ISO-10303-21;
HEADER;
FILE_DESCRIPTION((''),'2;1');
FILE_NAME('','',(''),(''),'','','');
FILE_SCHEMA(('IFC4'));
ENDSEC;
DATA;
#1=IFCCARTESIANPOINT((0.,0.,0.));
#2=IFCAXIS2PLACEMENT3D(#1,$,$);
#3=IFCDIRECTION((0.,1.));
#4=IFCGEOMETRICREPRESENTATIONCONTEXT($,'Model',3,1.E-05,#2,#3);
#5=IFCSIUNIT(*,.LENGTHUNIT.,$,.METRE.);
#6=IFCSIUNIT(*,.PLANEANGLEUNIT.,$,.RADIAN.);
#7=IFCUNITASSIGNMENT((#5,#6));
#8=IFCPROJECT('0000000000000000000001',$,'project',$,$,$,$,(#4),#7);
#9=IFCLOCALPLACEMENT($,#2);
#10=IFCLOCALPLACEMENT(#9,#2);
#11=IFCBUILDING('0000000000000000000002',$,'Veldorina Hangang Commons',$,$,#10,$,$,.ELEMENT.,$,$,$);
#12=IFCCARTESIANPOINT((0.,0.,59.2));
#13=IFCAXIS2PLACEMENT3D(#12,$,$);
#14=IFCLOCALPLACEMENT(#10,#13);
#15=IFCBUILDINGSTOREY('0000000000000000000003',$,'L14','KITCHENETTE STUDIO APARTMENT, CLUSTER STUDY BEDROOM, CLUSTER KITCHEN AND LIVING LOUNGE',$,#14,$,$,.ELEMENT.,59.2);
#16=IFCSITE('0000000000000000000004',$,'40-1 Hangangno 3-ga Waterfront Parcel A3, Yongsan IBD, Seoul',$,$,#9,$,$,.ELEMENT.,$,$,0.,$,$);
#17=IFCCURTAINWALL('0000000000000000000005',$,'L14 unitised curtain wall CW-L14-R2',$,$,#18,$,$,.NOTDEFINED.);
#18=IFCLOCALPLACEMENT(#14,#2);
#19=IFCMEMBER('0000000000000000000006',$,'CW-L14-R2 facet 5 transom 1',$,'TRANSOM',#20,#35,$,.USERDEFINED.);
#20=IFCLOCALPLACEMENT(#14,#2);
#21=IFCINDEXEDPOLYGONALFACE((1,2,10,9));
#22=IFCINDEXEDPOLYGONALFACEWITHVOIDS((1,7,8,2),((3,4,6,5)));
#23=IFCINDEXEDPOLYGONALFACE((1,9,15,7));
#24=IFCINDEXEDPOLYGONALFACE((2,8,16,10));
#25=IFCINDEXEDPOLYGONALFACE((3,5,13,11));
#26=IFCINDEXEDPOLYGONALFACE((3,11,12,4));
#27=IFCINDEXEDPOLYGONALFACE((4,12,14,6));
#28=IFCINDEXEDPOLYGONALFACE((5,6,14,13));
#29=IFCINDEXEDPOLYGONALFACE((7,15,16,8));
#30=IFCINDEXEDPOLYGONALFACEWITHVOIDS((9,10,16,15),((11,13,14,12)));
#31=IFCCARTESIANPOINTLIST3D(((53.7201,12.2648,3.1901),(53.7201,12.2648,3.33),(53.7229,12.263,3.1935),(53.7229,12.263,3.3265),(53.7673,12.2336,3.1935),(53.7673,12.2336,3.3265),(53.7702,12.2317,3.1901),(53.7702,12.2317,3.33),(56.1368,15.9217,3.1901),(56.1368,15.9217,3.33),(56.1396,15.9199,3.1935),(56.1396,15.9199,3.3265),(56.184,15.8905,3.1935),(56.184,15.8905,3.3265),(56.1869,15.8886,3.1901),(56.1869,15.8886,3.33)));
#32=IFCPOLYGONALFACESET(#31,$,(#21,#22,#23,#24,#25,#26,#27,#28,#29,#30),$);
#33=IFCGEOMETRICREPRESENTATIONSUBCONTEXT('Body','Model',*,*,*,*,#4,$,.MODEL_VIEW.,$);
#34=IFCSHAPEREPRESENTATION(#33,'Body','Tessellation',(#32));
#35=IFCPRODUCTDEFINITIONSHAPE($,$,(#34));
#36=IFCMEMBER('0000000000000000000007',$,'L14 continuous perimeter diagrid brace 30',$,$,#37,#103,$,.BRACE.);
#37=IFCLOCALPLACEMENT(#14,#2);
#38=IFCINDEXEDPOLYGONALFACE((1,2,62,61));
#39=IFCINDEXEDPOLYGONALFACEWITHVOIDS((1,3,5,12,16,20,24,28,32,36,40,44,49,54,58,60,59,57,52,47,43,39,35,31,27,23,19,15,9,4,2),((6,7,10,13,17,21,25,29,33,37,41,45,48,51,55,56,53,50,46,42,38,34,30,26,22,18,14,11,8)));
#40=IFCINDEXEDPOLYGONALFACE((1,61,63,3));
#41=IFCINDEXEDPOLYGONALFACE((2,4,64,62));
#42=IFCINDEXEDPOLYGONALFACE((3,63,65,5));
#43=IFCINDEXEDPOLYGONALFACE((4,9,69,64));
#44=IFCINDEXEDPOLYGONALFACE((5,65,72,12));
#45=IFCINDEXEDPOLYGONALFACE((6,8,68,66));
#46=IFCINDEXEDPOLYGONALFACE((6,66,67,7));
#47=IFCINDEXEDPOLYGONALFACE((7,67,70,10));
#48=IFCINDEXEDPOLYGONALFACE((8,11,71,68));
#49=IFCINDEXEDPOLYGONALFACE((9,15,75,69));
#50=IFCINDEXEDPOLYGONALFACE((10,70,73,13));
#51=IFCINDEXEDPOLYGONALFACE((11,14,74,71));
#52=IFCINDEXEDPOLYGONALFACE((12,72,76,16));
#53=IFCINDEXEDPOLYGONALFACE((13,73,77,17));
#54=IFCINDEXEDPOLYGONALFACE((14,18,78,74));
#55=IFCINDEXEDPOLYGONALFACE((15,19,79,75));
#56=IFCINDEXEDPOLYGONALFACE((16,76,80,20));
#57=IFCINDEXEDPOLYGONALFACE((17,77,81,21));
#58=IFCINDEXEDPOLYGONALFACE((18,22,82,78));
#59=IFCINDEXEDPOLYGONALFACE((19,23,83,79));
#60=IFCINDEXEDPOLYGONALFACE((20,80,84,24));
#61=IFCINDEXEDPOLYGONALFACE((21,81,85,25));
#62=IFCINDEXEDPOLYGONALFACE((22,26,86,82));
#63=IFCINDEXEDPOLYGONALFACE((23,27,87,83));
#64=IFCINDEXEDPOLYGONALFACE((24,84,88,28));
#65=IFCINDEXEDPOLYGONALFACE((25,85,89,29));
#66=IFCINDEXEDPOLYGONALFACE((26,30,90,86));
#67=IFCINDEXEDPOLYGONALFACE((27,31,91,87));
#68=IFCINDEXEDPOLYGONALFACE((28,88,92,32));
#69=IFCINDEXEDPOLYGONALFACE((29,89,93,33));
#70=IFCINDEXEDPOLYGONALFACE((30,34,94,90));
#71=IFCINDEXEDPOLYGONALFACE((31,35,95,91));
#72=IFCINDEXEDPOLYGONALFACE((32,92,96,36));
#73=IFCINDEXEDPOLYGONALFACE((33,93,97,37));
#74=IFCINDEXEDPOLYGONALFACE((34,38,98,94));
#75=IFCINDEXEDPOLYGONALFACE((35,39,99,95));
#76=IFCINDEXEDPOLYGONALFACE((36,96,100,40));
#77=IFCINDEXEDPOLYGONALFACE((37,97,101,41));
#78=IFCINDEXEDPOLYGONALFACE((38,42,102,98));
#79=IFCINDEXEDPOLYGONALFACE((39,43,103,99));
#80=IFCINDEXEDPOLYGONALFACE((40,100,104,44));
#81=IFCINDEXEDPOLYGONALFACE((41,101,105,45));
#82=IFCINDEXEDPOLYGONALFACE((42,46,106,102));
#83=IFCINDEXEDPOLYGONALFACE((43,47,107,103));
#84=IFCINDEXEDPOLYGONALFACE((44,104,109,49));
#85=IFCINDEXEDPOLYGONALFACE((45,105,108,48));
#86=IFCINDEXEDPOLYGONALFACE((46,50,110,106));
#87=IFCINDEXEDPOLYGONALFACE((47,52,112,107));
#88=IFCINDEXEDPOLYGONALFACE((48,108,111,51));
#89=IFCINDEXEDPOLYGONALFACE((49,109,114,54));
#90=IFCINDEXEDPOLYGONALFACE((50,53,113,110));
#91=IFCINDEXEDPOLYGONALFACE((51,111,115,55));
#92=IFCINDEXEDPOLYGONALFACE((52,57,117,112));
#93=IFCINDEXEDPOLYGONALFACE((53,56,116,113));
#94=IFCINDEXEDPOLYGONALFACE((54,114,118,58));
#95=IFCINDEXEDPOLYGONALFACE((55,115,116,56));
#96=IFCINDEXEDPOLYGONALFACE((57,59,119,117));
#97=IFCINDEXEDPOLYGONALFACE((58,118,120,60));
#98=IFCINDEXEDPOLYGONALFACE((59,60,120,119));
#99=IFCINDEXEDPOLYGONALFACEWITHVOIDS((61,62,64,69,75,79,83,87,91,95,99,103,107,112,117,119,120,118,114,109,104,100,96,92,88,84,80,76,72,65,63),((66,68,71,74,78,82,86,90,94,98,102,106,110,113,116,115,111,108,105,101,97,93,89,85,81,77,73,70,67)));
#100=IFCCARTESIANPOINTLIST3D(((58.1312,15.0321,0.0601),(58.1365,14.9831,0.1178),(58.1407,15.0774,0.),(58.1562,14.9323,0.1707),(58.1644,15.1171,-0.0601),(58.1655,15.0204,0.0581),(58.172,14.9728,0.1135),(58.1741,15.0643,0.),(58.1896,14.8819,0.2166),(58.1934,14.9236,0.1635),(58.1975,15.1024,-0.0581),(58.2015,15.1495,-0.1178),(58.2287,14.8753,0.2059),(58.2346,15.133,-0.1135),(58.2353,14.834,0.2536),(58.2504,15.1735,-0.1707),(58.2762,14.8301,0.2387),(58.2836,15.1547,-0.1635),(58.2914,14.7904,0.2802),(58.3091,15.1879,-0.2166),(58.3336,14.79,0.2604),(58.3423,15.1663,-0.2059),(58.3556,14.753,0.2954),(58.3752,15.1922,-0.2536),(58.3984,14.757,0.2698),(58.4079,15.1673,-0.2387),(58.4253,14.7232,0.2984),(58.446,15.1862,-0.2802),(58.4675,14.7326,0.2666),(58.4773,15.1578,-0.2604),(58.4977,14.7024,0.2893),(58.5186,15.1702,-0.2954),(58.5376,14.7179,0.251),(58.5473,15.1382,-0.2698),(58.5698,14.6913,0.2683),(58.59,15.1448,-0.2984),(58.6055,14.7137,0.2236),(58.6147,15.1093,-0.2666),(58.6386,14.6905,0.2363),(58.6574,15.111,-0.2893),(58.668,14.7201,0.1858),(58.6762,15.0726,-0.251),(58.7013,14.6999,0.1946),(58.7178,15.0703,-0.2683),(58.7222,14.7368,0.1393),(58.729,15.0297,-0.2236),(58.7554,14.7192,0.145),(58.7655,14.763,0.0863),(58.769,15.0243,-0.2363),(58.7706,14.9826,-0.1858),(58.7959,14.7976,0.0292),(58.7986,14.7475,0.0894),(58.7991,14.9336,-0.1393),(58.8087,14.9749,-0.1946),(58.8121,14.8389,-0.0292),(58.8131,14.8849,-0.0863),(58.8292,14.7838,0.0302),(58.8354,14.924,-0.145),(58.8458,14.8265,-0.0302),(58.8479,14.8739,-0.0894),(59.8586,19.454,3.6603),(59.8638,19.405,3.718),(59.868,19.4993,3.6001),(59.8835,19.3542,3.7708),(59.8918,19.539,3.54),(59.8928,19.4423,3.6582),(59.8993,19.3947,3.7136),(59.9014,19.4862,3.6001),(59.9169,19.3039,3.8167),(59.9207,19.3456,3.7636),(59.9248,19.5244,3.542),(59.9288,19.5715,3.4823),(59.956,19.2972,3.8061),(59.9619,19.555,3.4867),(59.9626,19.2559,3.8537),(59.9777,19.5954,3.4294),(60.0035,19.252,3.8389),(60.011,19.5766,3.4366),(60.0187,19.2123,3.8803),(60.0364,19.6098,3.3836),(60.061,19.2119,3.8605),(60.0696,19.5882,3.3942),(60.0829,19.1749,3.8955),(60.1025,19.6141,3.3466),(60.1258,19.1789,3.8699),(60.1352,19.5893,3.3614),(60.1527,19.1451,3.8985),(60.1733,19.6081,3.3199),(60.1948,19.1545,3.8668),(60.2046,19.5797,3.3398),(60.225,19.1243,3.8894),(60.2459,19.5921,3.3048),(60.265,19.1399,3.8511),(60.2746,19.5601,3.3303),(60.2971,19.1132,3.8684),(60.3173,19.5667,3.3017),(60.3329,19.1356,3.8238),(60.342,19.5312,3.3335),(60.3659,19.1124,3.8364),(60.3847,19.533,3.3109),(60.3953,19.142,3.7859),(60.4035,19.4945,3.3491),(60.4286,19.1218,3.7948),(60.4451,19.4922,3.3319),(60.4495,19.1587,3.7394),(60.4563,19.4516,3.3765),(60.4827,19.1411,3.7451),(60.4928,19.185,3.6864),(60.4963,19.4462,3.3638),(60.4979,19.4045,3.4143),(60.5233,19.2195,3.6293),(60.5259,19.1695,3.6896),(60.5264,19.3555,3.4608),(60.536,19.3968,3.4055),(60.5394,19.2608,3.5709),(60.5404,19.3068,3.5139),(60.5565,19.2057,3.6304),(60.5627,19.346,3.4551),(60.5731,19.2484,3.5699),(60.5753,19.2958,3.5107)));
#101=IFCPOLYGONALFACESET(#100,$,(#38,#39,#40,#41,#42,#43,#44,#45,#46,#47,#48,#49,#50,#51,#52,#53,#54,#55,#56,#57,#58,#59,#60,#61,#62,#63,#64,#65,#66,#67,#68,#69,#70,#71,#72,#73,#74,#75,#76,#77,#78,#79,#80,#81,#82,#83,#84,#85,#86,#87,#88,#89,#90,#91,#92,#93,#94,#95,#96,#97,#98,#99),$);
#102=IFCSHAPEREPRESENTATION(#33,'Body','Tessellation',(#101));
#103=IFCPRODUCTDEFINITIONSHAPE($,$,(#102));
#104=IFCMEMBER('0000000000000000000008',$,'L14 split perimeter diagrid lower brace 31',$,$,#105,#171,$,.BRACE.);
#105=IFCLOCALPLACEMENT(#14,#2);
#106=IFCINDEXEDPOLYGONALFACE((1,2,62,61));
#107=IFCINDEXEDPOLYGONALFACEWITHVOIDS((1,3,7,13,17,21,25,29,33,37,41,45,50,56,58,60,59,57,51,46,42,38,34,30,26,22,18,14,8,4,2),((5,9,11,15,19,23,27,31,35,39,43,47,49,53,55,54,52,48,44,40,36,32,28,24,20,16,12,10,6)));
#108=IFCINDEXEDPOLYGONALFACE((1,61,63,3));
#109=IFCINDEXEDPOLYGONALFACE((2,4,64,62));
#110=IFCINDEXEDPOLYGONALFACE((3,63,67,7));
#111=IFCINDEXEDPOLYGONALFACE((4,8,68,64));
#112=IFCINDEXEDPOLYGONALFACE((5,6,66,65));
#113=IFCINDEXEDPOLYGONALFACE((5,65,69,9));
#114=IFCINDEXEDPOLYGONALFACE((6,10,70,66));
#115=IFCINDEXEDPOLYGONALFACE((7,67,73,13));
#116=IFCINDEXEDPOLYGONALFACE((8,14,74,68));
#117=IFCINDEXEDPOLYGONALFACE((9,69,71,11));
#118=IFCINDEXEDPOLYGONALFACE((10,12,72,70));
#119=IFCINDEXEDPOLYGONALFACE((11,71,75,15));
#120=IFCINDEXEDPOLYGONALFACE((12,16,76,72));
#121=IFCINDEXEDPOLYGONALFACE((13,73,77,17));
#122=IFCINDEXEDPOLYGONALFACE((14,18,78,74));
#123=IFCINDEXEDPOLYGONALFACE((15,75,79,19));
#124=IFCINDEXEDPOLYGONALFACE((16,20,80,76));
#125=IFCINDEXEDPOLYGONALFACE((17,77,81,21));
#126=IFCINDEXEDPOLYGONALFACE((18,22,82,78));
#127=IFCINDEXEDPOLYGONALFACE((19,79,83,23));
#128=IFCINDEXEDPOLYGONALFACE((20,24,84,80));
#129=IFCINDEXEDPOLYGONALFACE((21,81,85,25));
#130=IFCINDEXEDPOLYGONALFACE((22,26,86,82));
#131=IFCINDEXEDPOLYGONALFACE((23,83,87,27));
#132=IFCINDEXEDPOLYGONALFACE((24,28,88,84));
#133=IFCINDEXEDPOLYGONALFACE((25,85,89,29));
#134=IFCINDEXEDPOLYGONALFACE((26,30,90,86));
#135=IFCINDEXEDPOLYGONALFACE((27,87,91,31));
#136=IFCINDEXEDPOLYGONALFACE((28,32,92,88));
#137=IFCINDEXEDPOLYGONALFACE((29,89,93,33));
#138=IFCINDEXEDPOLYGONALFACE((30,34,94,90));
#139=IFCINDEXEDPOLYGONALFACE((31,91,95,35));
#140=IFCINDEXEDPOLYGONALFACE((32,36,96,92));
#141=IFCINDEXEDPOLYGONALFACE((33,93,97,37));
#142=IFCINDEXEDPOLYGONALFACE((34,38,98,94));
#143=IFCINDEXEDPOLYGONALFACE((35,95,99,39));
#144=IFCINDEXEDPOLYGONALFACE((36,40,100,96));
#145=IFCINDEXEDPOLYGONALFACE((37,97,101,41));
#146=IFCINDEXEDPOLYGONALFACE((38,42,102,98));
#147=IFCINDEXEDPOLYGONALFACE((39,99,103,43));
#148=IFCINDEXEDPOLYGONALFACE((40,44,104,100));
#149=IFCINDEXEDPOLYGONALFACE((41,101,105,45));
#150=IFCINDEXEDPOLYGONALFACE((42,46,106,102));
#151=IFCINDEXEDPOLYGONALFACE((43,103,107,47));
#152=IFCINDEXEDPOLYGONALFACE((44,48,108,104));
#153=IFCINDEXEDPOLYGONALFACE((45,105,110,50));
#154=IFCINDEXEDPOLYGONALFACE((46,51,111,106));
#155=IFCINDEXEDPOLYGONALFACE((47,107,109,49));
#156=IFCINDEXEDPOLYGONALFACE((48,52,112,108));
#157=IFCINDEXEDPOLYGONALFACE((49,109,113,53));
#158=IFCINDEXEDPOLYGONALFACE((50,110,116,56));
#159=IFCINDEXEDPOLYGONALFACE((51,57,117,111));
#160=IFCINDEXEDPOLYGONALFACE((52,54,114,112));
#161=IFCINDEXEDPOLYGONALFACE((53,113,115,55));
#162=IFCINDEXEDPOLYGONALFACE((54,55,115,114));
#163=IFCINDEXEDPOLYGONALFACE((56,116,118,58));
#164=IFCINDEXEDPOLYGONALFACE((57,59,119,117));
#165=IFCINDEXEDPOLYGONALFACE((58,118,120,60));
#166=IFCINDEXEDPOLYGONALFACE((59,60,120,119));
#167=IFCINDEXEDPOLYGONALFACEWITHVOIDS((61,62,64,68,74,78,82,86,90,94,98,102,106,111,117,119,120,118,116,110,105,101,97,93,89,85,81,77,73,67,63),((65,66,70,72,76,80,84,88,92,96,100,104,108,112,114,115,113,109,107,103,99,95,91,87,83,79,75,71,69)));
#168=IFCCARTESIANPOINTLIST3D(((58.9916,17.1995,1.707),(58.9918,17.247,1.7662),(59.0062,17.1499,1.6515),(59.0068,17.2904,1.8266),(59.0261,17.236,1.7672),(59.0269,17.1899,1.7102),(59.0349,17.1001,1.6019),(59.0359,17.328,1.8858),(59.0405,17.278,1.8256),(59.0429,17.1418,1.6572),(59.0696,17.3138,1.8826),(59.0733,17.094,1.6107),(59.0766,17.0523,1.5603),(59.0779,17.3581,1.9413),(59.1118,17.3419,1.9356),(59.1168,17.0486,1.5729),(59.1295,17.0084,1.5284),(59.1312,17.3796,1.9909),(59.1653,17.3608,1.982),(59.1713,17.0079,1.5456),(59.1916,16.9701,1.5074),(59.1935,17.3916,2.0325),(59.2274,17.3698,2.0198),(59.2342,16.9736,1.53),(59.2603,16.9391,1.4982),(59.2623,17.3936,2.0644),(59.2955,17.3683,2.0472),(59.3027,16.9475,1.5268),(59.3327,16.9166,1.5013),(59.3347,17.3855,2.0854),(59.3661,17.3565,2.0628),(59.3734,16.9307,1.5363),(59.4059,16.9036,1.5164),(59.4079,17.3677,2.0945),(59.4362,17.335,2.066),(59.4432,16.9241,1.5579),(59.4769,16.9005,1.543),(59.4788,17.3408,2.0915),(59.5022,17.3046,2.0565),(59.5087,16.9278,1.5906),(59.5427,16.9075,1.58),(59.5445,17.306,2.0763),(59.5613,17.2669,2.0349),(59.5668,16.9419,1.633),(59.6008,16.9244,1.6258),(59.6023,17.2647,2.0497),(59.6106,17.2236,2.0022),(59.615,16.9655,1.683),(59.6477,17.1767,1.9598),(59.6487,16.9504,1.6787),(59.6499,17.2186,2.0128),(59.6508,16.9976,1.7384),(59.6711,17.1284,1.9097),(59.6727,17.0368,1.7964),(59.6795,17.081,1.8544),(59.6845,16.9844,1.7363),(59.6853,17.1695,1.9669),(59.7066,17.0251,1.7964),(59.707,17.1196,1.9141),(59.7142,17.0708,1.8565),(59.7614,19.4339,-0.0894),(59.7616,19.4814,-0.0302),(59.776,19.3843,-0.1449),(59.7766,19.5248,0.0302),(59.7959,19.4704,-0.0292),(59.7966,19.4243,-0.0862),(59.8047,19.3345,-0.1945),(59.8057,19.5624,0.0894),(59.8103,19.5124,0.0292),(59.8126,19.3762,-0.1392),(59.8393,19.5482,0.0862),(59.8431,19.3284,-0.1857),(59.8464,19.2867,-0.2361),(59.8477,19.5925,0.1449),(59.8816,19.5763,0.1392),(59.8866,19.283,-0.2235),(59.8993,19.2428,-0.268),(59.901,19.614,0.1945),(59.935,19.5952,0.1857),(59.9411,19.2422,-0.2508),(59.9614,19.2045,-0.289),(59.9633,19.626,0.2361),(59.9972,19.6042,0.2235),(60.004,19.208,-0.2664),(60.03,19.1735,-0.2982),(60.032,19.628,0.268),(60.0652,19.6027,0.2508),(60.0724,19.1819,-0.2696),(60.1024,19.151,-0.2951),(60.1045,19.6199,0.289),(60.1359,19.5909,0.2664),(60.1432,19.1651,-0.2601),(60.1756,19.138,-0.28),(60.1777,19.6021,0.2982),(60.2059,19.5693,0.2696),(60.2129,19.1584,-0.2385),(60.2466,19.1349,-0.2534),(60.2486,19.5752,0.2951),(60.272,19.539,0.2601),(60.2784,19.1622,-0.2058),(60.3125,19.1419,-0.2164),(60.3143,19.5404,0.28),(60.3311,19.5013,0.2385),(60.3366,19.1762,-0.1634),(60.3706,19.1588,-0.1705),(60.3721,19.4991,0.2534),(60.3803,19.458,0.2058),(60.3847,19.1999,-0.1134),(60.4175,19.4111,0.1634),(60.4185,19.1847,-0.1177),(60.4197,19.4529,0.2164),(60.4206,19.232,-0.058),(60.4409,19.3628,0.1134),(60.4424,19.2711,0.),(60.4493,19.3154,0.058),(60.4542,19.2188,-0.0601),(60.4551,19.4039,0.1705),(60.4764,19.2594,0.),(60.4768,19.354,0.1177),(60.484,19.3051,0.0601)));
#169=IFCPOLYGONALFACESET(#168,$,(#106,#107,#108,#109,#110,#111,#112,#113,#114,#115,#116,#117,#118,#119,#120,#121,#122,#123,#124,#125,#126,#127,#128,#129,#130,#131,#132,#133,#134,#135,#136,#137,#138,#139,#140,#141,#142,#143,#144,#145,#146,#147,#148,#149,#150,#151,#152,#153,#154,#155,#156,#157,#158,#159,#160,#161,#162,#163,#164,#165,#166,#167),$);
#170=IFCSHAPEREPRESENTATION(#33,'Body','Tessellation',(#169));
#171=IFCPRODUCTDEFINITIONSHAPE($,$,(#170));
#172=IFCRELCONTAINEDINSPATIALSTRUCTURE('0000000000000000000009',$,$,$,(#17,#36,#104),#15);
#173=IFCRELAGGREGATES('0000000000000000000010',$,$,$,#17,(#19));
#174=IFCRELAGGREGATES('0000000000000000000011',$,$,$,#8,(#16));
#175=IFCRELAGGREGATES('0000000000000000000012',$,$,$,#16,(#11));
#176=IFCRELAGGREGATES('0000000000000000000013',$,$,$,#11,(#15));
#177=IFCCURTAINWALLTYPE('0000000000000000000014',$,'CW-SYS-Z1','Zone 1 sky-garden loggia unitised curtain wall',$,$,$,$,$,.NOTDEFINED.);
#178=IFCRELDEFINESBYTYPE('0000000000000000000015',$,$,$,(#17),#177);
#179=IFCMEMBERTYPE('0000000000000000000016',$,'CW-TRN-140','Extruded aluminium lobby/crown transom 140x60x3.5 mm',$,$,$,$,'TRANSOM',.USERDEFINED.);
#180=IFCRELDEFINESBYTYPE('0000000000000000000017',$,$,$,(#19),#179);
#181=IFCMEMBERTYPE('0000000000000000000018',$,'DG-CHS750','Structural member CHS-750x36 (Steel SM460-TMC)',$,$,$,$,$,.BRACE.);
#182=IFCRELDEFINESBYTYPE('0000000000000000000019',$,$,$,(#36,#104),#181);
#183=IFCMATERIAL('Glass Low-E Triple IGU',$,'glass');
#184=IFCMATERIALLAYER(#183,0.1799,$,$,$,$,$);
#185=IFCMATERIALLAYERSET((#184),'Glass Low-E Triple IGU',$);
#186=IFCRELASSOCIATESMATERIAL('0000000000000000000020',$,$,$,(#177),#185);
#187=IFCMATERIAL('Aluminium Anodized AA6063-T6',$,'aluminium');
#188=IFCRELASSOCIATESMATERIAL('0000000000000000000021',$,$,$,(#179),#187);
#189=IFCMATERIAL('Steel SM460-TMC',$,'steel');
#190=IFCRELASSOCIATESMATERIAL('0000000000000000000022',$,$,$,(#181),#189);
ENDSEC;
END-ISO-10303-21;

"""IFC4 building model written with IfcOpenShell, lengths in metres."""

from ifc_helpers import new_model, si_unit, direction, frame, origin, origin_2d, place, context, subcontext, project, spatial, hollow_rectangle, hollow_circle, extrude, material, layer, layer_set, material_profile, profile_set, type_object, element, aggregate, save


model = new_model("IFC4")

# Units and contexts
model_context = context("Model", 3, precision=1e-05, world=origin(), true_north=direction((0.0, 1.0)))
body_context = subcontext(model_context, "Body", "Model", "MODEL_VIEW")
ifc_project = project(units=[si_unit("LENGTHUNIT", "METRE"), si_unit("PLANEANGLEUNIT", "RADIAN")], contexts=[model_context])

# Site, building, storey
site_placement = place(None, origin())
site = spatial("IfcSite", under=ifc_project, at=site_placement, Name="40-1 Hangangno 3-ga Waterfront Parcel A3, Yongsan IBD, Seoul", CompositionType="ELEMENT", RefElevation=0.0)
building_placement = place(site_placement, origin())
building = spatial("IfcBuilding", under=site, at=building_placement, Name="Veldorina Hangang Commons", CompositionType="ELEMENT")
storey_placement = place(building_placement, frame((0.0, 0.0, 59.2)))
storey = spatial("IfcBuildingStorey", under=building, at=storey_placement, Name="L14", Description="KITCHENETTE STUDIO APARTMENT, CLUSTER STUDY BEDROOM, CLUSTER KITCHEN AND LIVING LOUNGE", CompositionType="ELEMENT", Elevation=59.2)

# Shared definitions
ifc_material_1 = material(Name="Steel SM460-TMC", Category="steel")

# Curtain wall, member
ifc_material_2 = material(Name="Glass Low-E Triple IGU", Category="glass")
ifc_layer_1 = layer(ifc_material_2, 0.1799)
ifc_layer_set_1 = layer_set([ifc_layer_1], Name="Glass Low-E Triple IGU")
curtain_wall_type = type_object("IfcCurtainWallType", Name="CW-SYS-Z1", Description="Zone 1 sky-garden loggia unitised curtain wall", PredefinedType="NOTDEFINED", material=ifc_layer_set_1)
curtain_wall_placement = place(storey_placement, origin())
curtain_wall = element("IfcCurtainWall", 1, at=curtain_wall_placement, inside=storey, type_object=curtain_wall_type, Name="L14 unitised curtain wall CW-L14-R2", PredefinedType="NOTDEFINED")
ifc_material_3 = material(Name="Aluminium Anodized AA6063-T6", Category="aluminium")
ifc_material_profile_1 = material_profile(ifc_material_3, hollow_rectangle(XDim=0.0601, YDim=0.1399, WallThickness=0.0034, at=origin_2d()), Name="ALU-RHS-140x60x3.5")
ifc_profile_set_1 = profile_set([ifc_material_profile_1], Name="Aluminium Anodized AA6063-T6")
member_type_1 = type_object("IfcMemberType", Name="CW-TRN-140", Description="Extruded aluminium lobby/crown transom 140x60x3.5 mm", ElementType="TRANSOM", PredefinedType="USERDEFINED", material=ifc_profile_set_1)
member_1_placement = place(storey_placement, frame((53.7451, 12.2483, 3.26), z_axis=(0.551341, 0.83428, 0.0), x_axis=(-0.83428, 0.551341, 0.0)))
member_1 = element("IfcMember", 2, at=member_1_placement, type_object=member_type_1, Name="CW-L14-R2 facet 5 transom 1", ObjectType="TRANSOM", PredefinedType="USERDEFINED", context=body_context, shape_type="SweptSolid", body=[
    extrude(hollow_rectangle(XDim=0.0601, YDim=0.1399, WallThickness=0.0034, at=origin_2d()), origin(), (0.0, 0.0, 1.0), 4.3833),
])

# Members
ifc_material_profile_2 = material_profile(ifc_material_1, hollow_circle(Radius=0.375, WallThickness=0.0359, at=origin_2d()), Name="CHS-750x36")
ifc_profile_set_2 = profile_set([ifc_material_profile_2], Name="Steel SM460-TMC")
member_type_2 = type_object("IfcMemberType", Name="DG-CHS750", Description="Structural member CHS-750x36 (Steel SM460-TMC)", PredefinedType="BRACE", material=ifc_profile_set_2)
member_2_placement = place(storey_placement, frame((58.49, 14.9409, 0.0), z_axis=(0.289914, 0.74218, 0.604251), x_axis=(-0.931457, 0.363851, 0.0)))
element("IfcMember", 3, at=member_2_placement, inside=storey, type_object=member_type_2, Name="L14 continuous perimeter diagrid brace 30", PredefinedType="BRACE", context=body_context, shape_type="SweptSolid", body=[
    extrude(hollow_circle(Radius=0.375, WallThickness=0.0359, at=origin_2d()), origin(), (0.0, 0.0, 1.0), 5.958),
])
member_3_placement = place(storey_placement, frame((60.1218, 19.3816, 0.0), z_axis=(-0.259315, -0.752695, 0.60515), x_axis=(0.945464, -0.325726, 0.0)))
element("IfcMember", 4, at=member_3_placement, inside=storey, type_object=member_type_2, Name="L14 split perimeter diagrid lower brace 31", PredefinedType="BRACE", context=body_context, shape_type="SweptSolid", body=[
    extrude(hollow_circle(Radius=0.375, WallThickness=0.0359, at=origin_2d()), origin(), (0.0, 0.0, 1.0), 2.9685),
])

aggregate(curtain_wall, [member_1])

save(model, "model.ifc")
